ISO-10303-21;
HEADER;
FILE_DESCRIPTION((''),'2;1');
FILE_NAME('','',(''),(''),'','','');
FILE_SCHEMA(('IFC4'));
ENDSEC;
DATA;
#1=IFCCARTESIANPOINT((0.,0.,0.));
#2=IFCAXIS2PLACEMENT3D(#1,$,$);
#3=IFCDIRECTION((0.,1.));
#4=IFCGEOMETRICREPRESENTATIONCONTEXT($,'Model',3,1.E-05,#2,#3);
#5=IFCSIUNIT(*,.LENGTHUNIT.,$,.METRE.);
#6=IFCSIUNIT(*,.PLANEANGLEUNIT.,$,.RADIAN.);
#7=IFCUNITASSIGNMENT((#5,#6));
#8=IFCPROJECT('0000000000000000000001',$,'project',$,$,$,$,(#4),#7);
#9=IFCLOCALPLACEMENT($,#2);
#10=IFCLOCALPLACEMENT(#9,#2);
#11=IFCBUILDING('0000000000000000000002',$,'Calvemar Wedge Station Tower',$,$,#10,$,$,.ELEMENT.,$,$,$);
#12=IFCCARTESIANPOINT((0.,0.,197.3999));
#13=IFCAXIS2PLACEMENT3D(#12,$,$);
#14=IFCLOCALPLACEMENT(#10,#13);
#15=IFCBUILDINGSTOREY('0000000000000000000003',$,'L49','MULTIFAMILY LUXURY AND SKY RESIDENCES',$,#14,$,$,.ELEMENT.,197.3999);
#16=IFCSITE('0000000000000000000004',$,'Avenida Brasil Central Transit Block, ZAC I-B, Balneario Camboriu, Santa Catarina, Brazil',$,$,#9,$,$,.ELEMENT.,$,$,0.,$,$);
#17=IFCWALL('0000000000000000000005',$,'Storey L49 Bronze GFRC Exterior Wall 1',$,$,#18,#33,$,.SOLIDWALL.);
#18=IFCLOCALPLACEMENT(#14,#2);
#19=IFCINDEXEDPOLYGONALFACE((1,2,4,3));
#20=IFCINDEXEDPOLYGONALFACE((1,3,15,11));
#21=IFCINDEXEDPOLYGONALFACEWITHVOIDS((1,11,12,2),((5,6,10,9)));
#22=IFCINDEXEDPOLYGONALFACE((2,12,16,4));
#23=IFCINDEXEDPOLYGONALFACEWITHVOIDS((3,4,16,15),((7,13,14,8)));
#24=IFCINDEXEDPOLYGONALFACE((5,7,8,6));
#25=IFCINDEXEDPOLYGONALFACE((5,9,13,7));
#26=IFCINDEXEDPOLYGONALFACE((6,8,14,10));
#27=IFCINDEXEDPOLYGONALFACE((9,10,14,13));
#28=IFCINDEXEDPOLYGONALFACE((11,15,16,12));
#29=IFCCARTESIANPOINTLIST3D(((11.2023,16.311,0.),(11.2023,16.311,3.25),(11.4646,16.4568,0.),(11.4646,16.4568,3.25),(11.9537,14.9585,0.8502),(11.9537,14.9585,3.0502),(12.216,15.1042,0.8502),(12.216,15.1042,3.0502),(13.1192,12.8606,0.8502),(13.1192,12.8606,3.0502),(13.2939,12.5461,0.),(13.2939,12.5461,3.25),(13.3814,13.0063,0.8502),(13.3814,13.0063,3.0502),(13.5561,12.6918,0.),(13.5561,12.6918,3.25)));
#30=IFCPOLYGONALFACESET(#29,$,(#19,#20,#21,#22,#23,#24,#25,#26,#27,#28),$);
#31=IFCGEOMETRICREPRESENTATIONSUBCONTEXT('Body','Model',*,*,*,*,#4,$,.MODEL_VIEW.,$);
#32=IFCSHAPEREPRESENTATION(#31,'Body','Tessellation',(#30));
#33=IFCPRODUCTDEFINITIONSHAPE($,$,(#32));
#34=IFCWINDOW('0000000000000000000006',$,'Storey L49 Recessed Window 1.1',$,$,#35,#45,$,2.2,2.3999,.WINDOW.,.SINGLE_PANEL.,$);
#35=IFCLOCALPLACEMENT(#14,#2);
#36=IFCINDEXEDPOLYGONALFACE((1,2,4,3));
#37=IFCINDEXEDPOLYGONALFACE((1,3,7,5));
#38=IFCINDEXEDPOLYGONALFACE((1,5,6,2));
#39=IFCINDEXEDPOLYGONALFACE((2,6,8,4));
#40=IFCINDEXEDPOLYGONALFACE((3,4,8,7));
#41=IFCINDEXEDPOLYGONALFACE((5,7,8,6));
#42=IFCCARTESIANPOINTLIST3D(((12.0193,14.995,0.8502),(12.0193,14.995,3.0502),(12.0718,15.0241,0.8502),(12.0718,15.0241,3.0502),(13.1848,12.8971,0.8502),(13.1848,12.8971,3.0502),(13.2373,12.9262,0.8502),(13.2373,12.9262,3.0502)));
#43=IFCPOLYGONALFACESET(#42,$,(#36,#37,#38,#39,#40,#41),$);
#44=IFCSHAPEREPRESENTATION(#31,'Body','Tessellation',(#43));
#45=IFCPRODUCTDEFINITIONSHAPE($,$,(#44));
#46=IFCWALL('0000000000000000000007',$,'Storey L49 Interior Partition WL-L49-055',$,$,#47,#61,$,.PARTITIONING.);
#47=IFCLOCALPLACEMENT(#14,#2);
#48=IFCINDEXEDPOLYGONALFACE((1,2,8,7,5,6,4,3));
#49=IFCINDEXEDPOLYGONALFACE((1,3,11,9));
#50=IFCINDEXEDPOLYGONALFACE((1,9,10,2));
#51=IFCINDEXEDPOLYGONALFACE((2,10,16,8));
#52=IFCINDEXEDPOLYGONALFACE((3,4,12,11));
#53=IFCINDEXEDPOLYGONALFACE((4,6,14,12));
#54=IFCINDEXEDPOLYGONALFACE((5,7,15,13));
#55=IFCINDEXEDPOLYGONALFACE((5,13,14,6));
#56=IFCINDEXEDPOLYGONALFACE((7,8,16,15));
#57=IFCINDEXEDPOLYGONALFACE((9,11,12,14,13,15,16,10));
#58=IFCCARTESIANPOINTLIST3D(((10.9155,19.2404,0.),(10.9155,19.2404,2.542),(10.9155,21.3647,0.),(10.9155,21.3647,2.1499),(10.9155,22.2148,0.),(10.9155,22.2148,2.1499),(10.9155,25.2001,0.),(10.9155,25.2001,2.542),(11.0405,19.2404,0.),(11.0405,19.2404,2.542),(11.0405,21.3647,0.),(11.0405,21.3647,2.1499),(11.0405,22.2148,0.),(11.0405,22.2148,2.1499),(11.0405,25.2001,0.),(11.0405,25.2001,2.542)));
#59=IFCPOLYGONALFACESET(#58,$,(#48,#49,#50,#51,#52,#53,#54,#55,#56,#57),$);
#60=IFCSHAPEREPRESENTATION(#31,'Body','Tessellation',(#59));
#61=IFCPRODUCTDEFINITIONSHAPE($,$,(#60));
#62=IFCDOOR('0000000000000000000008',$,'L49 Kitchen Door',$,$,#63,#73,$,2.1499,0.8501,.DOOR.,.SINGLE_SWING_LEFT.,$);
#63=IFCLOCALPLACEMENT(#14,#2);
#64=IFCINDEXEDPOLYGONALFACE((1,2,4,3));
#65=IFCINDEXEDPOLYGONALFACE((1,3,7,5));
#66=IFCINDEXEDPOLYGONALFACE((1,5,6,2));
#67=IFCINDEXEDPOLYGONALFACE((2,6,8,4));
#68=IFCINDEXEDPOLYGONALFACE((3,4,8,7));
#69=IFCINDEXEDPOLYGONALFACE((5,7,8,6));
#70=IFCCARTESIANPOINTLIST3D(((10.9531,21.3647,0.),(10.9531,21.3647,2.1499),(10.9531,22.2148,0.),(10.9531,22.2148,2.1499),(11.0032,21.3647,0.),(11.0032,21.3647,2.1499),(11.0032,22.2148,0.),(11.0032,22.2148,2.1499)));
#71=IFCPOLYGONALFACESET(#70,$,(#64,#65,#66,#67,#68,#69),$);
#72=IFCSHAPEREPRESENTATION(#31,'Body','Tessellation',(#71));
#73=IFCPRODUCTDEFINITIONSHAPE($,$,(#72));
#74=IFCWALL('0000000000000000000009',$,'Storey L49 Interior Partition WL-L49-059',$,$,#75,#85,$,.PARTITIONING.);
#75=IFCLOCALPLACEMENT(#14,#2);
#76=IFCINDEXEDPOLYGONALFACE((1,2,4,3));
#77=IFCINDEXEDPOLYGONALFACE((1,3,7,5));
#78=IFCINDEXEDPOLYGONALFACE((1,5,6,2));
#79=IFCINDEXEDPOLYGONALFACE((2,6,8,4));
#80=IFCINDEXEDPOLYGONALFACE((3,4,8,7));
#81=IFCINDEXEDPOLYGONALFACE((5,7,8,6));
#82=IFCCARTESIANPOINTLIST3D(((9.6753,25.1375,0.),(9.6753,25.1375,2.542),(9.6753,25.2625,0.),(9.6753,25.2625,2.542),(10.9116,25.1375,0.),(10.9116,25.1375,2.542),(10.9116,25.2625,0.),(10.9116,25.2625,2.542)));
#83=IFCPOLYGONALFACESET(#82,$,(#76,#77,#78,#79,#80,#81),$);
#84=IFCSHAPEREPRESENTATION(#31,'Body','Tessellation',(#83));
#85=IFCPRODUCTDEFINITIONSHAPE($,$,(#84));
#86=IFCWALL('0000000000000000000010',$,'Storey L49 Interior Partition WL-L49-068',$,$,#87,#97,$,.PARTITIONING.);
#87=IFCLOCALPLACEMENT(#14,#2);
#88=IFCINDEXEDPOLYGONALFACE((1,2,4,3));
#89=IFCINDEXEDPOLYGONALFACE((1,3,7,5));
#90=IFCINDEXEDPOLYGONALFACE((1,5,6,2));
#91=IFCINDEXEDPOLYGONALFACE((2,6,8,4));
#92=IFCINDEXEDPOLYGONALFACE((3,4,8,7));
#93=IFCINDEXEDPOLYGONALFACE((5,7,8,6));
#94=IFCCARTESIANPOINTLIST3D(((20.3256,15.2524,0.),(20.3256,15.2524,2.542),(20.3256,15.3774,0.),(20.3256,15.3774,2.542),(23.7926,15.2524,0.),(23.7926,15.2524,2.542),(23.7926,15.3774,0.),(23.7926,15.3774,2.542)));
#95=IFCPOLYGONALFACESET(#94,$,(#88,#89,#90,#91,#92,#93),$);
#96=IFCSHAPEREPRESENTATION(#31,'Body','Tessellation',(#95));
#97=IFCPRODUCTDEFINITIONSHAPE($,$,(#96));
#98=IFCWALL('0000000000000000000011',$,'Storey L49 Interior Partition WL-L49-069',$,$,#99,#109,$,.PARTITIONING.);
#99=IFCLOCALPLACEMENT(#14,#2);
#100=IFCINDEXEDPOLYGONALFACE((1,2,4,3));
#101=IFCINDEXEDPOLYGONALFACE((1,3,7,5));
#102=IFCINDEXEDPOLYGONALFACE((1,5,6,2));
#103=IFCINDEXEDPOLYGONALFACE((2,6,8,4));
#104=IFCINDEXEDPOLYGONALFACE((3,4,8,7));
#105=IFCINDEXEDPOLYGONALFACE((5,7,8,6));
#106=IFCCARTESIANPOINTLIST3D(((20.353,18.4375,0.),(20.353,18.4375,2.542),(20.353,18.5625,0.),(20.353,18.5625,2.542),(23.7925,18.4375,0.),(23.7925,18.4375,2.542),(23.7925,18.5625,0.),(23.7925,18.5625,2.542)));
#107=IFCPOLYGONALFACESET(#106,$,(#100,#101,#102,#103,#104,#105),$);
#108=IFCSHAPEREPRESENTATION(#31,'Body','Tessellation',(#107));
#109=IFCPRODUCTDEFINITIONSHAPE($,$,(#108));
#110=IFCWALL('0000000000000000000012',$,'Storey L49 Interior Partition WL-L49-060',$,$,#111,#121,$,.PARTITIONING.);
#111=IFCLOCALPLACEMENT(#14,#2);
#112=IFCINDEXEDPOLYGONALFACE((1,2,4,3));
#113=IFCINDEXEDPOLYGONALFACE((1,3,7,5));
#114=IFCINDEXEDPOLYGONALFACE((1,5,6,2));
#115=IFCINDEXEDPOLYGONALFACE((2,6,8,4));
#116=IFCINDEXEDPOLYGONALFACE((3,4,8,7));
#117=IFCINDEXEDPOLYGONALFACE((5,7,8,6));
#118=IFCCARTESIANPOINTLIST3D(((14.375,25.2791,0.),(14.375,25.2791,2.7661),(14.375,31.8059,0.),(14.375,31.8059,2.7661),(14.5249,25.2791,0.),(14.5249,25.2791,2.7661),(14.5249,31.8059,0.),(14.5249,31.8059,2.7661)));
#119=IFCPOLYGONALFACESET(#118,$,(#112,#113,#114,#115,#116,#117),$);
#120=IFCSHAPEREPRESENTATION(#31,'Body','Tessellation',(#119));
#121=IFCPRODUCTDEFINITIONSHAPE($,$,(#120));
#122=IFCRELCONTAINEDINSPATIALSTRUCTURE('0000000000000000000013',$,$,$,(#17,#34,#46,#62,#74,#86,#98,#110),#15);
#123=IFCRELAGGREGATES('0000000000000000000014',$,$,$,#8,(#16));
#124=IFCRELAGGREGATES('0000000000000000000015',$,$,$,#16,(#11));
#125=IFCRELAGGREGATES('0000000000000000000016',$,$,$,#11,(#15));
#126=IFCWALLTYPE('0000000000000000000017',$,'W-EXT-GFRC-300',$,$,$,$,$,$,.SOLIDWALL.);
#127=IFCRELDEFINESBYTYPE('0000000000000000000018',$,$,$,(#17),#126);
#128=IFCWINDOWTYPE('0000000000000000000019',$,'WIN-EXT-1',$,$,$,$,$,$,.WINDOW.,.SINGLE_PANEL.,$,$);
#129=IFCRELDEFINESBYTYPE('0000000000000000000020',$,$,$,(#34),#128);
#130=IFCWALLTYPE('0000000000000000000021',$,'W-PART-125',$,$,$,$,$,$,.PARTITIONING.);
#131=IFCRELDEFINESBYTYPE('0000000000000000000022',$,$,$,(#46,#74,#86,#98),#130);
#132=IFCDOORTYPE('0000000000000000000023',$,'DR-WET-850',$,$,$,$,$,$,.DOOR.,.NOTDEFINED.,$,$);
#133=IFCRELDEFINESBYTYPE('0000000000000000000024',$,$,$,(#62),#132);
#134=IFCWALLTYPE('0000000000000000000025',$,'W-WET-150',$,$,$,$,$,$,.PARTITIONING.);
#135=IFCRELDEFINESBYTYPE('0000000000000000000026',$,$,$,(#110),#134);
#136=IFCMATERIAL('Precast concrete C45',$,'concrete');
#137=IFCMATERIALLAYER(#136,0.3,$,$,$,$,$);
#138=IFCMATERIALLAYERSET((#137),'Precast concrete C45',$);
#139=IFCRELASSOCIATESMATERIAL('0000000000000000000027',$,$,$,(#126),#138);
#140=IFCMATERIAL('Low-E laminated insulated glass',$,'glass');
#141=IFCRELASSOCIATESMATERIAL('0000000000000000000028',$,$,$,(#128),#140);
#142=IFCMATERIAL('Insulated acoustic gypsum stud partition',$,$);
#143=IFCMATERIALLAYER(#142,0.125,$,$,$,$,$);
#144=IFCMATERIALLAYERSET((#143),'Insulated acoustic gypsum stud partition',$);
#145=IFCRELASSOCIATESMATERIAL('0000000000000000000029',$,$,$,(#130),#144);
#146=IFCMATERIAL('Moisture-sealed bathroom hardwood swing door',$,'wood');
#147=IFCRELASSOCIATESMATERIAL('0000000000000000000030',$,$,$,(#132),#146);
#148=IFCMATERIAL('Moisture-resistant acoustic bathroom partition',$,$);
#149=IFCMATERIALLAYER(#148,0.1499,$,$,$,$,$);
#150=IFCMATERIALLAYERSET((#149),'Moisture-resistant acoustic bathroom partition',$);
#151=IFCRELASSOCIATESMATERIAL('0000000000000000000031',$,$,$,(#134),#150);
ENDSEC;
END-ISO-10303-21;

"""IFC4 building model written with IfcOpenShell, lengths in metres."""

from ifc_helpers import new_model, si_unit, direction, frame, frame_2d, origin, place, context, subcontext, project, spatial, rectangle, extrude, source, transform, mapped, material, layer, layer_set, type_object, element, fill, save


model = new_model("IFC4")

# Units and contexts
model_context = context("Model", 3, precision=1e-05, world=origin(), true_north=direction((0.0, 1.0)))
body_context = subcontext(model_context, "Body", "Model", "MODEL_VIEW")
ifc_project = project(units=[si_unit("LENGTHUNIT", "METRE"), si_unit("PLANEANGLEUNIT", "RADIAN")], contexts=[model_context])

# Site, building, storey
site_placement = place(None, origin())
site = spatial("IfcSite", under=ifc_project, at=site_placement, Name="Avenida Brasil Central Transit Block, ZAC I-B, Balneario Camboriu, Santa Catarina, Brazil", CompositionType="ELEMENT", RefElevation=0.0)
building_placement = place(site_placement, origin())
building = spatial("IfcBuilding", under=site, at=building_placement, Name="Calvemar Wedge Station Tower", CompositionType="ELEMENT")
storey_placement = place(building_placement, frame((0.0, 0.0, 197.3999)))
storey = spatial("IfcBuildingStorey", under=building, at=storey_placement, Name="L49", Description="MULTIFAMILY LUXURY AND SKY RESIDENCES", CompositionType="ELEMENT", Elevation=197.3999)

# Wall, opening, window
ifc_material_1 = material(Name="Precast concrete C45", Category="concrete")
ifc_layer_1 = layer(ifc_material_1, 0.3)
ifc_layer_set_1 = layer_set([ifc_layer_1], Name="Precast concrete C45")
wall_type_1 = type_object("IfcWallType", Name="W-EXT-GFRC-300", PredefinedType="SOLIDWALL", material=ifc_layer_set_1)
wall_1_placement = place(storey_placement, frame((11.3335, 16.3838, 0.0), z_axis=(0.0, 0.0, 1.0), x_axis=(0.485633, -0.874163, 0.0)))
wall_1 = element("IfcWall", 1, at=wall_1_placement, inside=storey, type_object=wall_type_1, Name="Storey L49 Bronze GFRC Exterior Wall 1", PredefinedType="SOLIDWALL", context=body_context, shape_type="SweptSolid", body=[
    extrude(rectangle(XDim=4.3069, YDim=0.3, at=frame_2d((2.1533, 0.0))), origin(), (0.0, 0.0, 1.0), 3.25),
])
shared_shape_1 = source(origin(), body_context, "Body", "SweptSolid", [
    extrude(rectangle(XDim=2.3999, YDim=2.2, at=frame_2d((1.2, 1.1001))), frame((0.0, 0.1602, 0.0), z_axis=(0.0, -1.0, 0.0), x_axis=(1.0, 0.0, 0.0)), (0.0, 0.0, 1.0), 0.3201),
])
opening_1_placement = place(wall_1_placement, frame((1.5471, 0.0, 0.8501)))
opening_1 = element("IfcOpeningElement", 2, at=opening_1_placement, cuts=wall_1, PredefinedType="OPENING", context=body_context, shape_type="MappedRepresentation", body=[
    mapped(shared_shape_1, transform((0.0, 0.0, 0.0), scale=1.0)),
])
ifc_material_2 = material(Name="Low-E laminated insulated glass", Category="glass")
window_type = type_object("IfcWindowType", Name="WIN-EXT-1", PartitioningType="SINGLE_PANEL", PredefinedType="WINDOW", material=ifc_material_2)
shared_shape_2 = source(origin(), body_context, "Body", "SweptSolid", [
    extrude(rectangle(XDim=2.3999, YDim=2.2, at=frame_2d((1.2, 1.1001))), frame((0.0, -0.0149, 0.0), z_axis=(0.0, -1.0, 0.0), x_axis=(1.0, 0.0, 0.0)), (0.0, 0.0, 1.0), 0.0601),
])
window_placement = place(opening_1_placement, origin())
window = element("IfcWindow", 3, at=window_placement, inside=storey, type_object=window_type, Name="Storey L49 Recessed Window 1.1", OverallHeight=2.2, OverallWidth=2.3999, PartitioningType="SINGLE_PANEL", PredefinedType="WINDOW", context=body_context, shape_type="MappedRepresentation", body=[
    mapped(shared_shape_2, transform((0.0, 0.0, 0.0), scale=1.0)),
])
fill(opening_1, window)

# Wall, opening, door
ifc_material_3 = material(Name="Insulated acoustic gypsum stud partition")
ifc_layer_2 = layer(ifc_material_3, 0.125)
ifc_layer_set_2 = layer_set([ifc_layer_2], Name="Insulated acoustic gypsum stud partition")
wall_type_2 = type_object("IfcWallType", Name="W-PART-125", PredefinedType="PARTITIONING", material=ifc_layer_set_2)
wall_2_placement = place(storey_placement, frame((10.978, 19.2402, 0.0), z_axis=(0.0, 0.0, 1.0), x_axis=(0.0, 1.0, 0.0)))
wall_2 = element("IfcWall", 4, at=wall_2_placement, inside=storey, type_object=wall_type_2, Name="Storey L49 Interior Partition WL-L49-055", PredefinedType="PARTITIONING", context=body_context, shape_type="SweptSolid", body=[
    extrude(rectangle(XDim=5.9597, YDim=0.125, at=frame_2d((2.98, 0.0))), origin(), (0.0, 0.0, 1.0), 2.542),
])
shared_shape_3 = source(origin(), body_context, "Body", "SweptSolid", [
    extrude(rectangle(XDim=0.8501, YDim=2.1499, at=frame_2d((0.425, 1.075))), frame((0.0, 0.0725, 0.0), z_axis=(0.0, -1.0, 0.0), x_axis=(1.0, 0.0, 0.0)), (0.0, 0.0, 1.0), 0.145),
])
opening_2_placement = place(wall_2_placement, frame((2.1245, 0.0, 0.0)))
opening_2 = element("IfcOpeningElement", 5, at=opening_2_placement, cuts=wall_2, PredefinedType="OPENING", context=body_context, shape_type="MappedRepresentation", body=[
    mapped(shared_shape_3, transform((0.0, 0.0, 0.0), scale=1.0)),
])
ifc_material_4 = material(Name="Moisture-sealed bathroom hardwood swing door", Category="wood")
door_type_1 = type_object("IfcDoorType", Name="DR-WET-850", OperationType="NOTDEFINED", PredefinedType="DOOR", material=ifc_material_4)
shared_shape_4 = source(origin(), body_context, "Body", "SweptSolid", [
    extrude(rectangle(XDim=0.8501, YDim=2.1499, at=frame_2d((0.425, 1.075))), frame((0.0, 0.0249, 0.0), z_axis=(0.0, -1.0, 0.0), x_axis=(1.0, 0.0, 0.0)), (0.0, 0.0, 1.0), 0.05),
])
door_1_placement = place(opening_2_placement, origin())
door_1 = element("IfcDoor", 6, at=door_1_placement, inside=storey, type_object=door_type_1, Name="L49 Kitchen Door", OperationType="SINGLE_SWING_LEFT", OverallHeight=2.1499, OverallWidth=0.8501, PredefinedType="DOOR", context=body_context, shape_type="MappedRepresentation", body=[
    mapped(shared_shape_4, transform((0.0, 0.0, 0.0), scale=1.0)),
])
fill(opening_2, door_1)

# Wall
wall_3_placement = place(storey_placement, frame((9.6753, 25.2, 0.0), z_axis=(0.0, 0.0, 1.0), x_axis=(1.0, 0.0, 0.0)))
element("IfcWall", 7, at=wall_3_placement, inside=storey, type_object=wall_type_2, Name="Storey L49 Interior Partition WL-L49-059", PredefinedType="PARTITIONING", context=body_context, shape_type="SweptSolid", body=[
    extrude(rectangle(XDim=1.2363, YDim=0.125, at=frame_2d((0.6182, 0.0))), origin(), (0.0, 0.0, 1.0), 2.542),
])

# Walls
wall_4_placement = place(storey_placement, frame((23.7925, 15.3149, 0.0), z_axis=(0.0, 0.0, 1.0), x_axis=(-1.0, 0.0, 0.0)))
element("IfcWall", 8, at=wall_4_placement, inside=storey, type_object=wall_type_2, Name="Storey L49 Interior Partition WL-L49-068", PredefinedType="PARTITIONING", context=body_context, shape_type="SweptSolid", body=[
    extrude(rectangle(XDim=3.467, YDim=0.125, at=frame_2d((1.7334, 0.0))), origin(), (0.0, 0.0, 1.0), 2.542),
])
wall_5_placement = place(storey_placement, frame((20.353, 18.5, 0.0), z_axis=(0.0, 0.0, 1.0), x_axis=(1.0, 0.0, 0.0)))
element("IfcWall", 9, at=wall_5_placement, inside=storey, type_object=wall_type_2, Name="Storey L49 Interior Partition WL-L49-069", PredefinedType="PARTITIONING", context=body_context, shape_type="SweptSolid", body=[
    extrude(rectangle(XDim=3.4395, YDim=0.125, at=frame_2d((1.7197, 0.0))), origin(), (0.0, 0.0, 1.0), 2.542),
])

# Shared definitions
ifc_material_5 = material(Name="Moisture-resistant acoustic bathroom partition")
ifc_layer_3 = layer(ifc_material_5, 0.1499)
ifc_layer_set_3 = layer_set([ifc_layer_3], Name="Moisture-resistant acoustic bathroom partition")
wall_type_3 = type_object("IfcWallType", Name="W-WET-150", PredefinedType="PARTITIONING", material=ifc_layer_set_3)

# Wall
wall_6_placement = place(storey_placement, frame((14.45, 25.2791, 0.0), z_axis=(0.0, 0.0, 1.0), x_axis=(0.0, 1.0, 0.0)))
element("IfcWall", 10, at=wall_6_placement, inside=storey, type_object=wall_type_3, Name="Storey L49 Interior Partition WL-L49-060", PredefinedType="PARTITIONING", context=body_context, shape_type="SweptSolid", body=[
    extrude(rectangle(XDim=6.5269, YDim=0.1499, at=frame_2d((3.2634, 0.0))), origin(), (0.0, 0.0, 1.0), 2.7661),
])

save(model, "model.ifc")
